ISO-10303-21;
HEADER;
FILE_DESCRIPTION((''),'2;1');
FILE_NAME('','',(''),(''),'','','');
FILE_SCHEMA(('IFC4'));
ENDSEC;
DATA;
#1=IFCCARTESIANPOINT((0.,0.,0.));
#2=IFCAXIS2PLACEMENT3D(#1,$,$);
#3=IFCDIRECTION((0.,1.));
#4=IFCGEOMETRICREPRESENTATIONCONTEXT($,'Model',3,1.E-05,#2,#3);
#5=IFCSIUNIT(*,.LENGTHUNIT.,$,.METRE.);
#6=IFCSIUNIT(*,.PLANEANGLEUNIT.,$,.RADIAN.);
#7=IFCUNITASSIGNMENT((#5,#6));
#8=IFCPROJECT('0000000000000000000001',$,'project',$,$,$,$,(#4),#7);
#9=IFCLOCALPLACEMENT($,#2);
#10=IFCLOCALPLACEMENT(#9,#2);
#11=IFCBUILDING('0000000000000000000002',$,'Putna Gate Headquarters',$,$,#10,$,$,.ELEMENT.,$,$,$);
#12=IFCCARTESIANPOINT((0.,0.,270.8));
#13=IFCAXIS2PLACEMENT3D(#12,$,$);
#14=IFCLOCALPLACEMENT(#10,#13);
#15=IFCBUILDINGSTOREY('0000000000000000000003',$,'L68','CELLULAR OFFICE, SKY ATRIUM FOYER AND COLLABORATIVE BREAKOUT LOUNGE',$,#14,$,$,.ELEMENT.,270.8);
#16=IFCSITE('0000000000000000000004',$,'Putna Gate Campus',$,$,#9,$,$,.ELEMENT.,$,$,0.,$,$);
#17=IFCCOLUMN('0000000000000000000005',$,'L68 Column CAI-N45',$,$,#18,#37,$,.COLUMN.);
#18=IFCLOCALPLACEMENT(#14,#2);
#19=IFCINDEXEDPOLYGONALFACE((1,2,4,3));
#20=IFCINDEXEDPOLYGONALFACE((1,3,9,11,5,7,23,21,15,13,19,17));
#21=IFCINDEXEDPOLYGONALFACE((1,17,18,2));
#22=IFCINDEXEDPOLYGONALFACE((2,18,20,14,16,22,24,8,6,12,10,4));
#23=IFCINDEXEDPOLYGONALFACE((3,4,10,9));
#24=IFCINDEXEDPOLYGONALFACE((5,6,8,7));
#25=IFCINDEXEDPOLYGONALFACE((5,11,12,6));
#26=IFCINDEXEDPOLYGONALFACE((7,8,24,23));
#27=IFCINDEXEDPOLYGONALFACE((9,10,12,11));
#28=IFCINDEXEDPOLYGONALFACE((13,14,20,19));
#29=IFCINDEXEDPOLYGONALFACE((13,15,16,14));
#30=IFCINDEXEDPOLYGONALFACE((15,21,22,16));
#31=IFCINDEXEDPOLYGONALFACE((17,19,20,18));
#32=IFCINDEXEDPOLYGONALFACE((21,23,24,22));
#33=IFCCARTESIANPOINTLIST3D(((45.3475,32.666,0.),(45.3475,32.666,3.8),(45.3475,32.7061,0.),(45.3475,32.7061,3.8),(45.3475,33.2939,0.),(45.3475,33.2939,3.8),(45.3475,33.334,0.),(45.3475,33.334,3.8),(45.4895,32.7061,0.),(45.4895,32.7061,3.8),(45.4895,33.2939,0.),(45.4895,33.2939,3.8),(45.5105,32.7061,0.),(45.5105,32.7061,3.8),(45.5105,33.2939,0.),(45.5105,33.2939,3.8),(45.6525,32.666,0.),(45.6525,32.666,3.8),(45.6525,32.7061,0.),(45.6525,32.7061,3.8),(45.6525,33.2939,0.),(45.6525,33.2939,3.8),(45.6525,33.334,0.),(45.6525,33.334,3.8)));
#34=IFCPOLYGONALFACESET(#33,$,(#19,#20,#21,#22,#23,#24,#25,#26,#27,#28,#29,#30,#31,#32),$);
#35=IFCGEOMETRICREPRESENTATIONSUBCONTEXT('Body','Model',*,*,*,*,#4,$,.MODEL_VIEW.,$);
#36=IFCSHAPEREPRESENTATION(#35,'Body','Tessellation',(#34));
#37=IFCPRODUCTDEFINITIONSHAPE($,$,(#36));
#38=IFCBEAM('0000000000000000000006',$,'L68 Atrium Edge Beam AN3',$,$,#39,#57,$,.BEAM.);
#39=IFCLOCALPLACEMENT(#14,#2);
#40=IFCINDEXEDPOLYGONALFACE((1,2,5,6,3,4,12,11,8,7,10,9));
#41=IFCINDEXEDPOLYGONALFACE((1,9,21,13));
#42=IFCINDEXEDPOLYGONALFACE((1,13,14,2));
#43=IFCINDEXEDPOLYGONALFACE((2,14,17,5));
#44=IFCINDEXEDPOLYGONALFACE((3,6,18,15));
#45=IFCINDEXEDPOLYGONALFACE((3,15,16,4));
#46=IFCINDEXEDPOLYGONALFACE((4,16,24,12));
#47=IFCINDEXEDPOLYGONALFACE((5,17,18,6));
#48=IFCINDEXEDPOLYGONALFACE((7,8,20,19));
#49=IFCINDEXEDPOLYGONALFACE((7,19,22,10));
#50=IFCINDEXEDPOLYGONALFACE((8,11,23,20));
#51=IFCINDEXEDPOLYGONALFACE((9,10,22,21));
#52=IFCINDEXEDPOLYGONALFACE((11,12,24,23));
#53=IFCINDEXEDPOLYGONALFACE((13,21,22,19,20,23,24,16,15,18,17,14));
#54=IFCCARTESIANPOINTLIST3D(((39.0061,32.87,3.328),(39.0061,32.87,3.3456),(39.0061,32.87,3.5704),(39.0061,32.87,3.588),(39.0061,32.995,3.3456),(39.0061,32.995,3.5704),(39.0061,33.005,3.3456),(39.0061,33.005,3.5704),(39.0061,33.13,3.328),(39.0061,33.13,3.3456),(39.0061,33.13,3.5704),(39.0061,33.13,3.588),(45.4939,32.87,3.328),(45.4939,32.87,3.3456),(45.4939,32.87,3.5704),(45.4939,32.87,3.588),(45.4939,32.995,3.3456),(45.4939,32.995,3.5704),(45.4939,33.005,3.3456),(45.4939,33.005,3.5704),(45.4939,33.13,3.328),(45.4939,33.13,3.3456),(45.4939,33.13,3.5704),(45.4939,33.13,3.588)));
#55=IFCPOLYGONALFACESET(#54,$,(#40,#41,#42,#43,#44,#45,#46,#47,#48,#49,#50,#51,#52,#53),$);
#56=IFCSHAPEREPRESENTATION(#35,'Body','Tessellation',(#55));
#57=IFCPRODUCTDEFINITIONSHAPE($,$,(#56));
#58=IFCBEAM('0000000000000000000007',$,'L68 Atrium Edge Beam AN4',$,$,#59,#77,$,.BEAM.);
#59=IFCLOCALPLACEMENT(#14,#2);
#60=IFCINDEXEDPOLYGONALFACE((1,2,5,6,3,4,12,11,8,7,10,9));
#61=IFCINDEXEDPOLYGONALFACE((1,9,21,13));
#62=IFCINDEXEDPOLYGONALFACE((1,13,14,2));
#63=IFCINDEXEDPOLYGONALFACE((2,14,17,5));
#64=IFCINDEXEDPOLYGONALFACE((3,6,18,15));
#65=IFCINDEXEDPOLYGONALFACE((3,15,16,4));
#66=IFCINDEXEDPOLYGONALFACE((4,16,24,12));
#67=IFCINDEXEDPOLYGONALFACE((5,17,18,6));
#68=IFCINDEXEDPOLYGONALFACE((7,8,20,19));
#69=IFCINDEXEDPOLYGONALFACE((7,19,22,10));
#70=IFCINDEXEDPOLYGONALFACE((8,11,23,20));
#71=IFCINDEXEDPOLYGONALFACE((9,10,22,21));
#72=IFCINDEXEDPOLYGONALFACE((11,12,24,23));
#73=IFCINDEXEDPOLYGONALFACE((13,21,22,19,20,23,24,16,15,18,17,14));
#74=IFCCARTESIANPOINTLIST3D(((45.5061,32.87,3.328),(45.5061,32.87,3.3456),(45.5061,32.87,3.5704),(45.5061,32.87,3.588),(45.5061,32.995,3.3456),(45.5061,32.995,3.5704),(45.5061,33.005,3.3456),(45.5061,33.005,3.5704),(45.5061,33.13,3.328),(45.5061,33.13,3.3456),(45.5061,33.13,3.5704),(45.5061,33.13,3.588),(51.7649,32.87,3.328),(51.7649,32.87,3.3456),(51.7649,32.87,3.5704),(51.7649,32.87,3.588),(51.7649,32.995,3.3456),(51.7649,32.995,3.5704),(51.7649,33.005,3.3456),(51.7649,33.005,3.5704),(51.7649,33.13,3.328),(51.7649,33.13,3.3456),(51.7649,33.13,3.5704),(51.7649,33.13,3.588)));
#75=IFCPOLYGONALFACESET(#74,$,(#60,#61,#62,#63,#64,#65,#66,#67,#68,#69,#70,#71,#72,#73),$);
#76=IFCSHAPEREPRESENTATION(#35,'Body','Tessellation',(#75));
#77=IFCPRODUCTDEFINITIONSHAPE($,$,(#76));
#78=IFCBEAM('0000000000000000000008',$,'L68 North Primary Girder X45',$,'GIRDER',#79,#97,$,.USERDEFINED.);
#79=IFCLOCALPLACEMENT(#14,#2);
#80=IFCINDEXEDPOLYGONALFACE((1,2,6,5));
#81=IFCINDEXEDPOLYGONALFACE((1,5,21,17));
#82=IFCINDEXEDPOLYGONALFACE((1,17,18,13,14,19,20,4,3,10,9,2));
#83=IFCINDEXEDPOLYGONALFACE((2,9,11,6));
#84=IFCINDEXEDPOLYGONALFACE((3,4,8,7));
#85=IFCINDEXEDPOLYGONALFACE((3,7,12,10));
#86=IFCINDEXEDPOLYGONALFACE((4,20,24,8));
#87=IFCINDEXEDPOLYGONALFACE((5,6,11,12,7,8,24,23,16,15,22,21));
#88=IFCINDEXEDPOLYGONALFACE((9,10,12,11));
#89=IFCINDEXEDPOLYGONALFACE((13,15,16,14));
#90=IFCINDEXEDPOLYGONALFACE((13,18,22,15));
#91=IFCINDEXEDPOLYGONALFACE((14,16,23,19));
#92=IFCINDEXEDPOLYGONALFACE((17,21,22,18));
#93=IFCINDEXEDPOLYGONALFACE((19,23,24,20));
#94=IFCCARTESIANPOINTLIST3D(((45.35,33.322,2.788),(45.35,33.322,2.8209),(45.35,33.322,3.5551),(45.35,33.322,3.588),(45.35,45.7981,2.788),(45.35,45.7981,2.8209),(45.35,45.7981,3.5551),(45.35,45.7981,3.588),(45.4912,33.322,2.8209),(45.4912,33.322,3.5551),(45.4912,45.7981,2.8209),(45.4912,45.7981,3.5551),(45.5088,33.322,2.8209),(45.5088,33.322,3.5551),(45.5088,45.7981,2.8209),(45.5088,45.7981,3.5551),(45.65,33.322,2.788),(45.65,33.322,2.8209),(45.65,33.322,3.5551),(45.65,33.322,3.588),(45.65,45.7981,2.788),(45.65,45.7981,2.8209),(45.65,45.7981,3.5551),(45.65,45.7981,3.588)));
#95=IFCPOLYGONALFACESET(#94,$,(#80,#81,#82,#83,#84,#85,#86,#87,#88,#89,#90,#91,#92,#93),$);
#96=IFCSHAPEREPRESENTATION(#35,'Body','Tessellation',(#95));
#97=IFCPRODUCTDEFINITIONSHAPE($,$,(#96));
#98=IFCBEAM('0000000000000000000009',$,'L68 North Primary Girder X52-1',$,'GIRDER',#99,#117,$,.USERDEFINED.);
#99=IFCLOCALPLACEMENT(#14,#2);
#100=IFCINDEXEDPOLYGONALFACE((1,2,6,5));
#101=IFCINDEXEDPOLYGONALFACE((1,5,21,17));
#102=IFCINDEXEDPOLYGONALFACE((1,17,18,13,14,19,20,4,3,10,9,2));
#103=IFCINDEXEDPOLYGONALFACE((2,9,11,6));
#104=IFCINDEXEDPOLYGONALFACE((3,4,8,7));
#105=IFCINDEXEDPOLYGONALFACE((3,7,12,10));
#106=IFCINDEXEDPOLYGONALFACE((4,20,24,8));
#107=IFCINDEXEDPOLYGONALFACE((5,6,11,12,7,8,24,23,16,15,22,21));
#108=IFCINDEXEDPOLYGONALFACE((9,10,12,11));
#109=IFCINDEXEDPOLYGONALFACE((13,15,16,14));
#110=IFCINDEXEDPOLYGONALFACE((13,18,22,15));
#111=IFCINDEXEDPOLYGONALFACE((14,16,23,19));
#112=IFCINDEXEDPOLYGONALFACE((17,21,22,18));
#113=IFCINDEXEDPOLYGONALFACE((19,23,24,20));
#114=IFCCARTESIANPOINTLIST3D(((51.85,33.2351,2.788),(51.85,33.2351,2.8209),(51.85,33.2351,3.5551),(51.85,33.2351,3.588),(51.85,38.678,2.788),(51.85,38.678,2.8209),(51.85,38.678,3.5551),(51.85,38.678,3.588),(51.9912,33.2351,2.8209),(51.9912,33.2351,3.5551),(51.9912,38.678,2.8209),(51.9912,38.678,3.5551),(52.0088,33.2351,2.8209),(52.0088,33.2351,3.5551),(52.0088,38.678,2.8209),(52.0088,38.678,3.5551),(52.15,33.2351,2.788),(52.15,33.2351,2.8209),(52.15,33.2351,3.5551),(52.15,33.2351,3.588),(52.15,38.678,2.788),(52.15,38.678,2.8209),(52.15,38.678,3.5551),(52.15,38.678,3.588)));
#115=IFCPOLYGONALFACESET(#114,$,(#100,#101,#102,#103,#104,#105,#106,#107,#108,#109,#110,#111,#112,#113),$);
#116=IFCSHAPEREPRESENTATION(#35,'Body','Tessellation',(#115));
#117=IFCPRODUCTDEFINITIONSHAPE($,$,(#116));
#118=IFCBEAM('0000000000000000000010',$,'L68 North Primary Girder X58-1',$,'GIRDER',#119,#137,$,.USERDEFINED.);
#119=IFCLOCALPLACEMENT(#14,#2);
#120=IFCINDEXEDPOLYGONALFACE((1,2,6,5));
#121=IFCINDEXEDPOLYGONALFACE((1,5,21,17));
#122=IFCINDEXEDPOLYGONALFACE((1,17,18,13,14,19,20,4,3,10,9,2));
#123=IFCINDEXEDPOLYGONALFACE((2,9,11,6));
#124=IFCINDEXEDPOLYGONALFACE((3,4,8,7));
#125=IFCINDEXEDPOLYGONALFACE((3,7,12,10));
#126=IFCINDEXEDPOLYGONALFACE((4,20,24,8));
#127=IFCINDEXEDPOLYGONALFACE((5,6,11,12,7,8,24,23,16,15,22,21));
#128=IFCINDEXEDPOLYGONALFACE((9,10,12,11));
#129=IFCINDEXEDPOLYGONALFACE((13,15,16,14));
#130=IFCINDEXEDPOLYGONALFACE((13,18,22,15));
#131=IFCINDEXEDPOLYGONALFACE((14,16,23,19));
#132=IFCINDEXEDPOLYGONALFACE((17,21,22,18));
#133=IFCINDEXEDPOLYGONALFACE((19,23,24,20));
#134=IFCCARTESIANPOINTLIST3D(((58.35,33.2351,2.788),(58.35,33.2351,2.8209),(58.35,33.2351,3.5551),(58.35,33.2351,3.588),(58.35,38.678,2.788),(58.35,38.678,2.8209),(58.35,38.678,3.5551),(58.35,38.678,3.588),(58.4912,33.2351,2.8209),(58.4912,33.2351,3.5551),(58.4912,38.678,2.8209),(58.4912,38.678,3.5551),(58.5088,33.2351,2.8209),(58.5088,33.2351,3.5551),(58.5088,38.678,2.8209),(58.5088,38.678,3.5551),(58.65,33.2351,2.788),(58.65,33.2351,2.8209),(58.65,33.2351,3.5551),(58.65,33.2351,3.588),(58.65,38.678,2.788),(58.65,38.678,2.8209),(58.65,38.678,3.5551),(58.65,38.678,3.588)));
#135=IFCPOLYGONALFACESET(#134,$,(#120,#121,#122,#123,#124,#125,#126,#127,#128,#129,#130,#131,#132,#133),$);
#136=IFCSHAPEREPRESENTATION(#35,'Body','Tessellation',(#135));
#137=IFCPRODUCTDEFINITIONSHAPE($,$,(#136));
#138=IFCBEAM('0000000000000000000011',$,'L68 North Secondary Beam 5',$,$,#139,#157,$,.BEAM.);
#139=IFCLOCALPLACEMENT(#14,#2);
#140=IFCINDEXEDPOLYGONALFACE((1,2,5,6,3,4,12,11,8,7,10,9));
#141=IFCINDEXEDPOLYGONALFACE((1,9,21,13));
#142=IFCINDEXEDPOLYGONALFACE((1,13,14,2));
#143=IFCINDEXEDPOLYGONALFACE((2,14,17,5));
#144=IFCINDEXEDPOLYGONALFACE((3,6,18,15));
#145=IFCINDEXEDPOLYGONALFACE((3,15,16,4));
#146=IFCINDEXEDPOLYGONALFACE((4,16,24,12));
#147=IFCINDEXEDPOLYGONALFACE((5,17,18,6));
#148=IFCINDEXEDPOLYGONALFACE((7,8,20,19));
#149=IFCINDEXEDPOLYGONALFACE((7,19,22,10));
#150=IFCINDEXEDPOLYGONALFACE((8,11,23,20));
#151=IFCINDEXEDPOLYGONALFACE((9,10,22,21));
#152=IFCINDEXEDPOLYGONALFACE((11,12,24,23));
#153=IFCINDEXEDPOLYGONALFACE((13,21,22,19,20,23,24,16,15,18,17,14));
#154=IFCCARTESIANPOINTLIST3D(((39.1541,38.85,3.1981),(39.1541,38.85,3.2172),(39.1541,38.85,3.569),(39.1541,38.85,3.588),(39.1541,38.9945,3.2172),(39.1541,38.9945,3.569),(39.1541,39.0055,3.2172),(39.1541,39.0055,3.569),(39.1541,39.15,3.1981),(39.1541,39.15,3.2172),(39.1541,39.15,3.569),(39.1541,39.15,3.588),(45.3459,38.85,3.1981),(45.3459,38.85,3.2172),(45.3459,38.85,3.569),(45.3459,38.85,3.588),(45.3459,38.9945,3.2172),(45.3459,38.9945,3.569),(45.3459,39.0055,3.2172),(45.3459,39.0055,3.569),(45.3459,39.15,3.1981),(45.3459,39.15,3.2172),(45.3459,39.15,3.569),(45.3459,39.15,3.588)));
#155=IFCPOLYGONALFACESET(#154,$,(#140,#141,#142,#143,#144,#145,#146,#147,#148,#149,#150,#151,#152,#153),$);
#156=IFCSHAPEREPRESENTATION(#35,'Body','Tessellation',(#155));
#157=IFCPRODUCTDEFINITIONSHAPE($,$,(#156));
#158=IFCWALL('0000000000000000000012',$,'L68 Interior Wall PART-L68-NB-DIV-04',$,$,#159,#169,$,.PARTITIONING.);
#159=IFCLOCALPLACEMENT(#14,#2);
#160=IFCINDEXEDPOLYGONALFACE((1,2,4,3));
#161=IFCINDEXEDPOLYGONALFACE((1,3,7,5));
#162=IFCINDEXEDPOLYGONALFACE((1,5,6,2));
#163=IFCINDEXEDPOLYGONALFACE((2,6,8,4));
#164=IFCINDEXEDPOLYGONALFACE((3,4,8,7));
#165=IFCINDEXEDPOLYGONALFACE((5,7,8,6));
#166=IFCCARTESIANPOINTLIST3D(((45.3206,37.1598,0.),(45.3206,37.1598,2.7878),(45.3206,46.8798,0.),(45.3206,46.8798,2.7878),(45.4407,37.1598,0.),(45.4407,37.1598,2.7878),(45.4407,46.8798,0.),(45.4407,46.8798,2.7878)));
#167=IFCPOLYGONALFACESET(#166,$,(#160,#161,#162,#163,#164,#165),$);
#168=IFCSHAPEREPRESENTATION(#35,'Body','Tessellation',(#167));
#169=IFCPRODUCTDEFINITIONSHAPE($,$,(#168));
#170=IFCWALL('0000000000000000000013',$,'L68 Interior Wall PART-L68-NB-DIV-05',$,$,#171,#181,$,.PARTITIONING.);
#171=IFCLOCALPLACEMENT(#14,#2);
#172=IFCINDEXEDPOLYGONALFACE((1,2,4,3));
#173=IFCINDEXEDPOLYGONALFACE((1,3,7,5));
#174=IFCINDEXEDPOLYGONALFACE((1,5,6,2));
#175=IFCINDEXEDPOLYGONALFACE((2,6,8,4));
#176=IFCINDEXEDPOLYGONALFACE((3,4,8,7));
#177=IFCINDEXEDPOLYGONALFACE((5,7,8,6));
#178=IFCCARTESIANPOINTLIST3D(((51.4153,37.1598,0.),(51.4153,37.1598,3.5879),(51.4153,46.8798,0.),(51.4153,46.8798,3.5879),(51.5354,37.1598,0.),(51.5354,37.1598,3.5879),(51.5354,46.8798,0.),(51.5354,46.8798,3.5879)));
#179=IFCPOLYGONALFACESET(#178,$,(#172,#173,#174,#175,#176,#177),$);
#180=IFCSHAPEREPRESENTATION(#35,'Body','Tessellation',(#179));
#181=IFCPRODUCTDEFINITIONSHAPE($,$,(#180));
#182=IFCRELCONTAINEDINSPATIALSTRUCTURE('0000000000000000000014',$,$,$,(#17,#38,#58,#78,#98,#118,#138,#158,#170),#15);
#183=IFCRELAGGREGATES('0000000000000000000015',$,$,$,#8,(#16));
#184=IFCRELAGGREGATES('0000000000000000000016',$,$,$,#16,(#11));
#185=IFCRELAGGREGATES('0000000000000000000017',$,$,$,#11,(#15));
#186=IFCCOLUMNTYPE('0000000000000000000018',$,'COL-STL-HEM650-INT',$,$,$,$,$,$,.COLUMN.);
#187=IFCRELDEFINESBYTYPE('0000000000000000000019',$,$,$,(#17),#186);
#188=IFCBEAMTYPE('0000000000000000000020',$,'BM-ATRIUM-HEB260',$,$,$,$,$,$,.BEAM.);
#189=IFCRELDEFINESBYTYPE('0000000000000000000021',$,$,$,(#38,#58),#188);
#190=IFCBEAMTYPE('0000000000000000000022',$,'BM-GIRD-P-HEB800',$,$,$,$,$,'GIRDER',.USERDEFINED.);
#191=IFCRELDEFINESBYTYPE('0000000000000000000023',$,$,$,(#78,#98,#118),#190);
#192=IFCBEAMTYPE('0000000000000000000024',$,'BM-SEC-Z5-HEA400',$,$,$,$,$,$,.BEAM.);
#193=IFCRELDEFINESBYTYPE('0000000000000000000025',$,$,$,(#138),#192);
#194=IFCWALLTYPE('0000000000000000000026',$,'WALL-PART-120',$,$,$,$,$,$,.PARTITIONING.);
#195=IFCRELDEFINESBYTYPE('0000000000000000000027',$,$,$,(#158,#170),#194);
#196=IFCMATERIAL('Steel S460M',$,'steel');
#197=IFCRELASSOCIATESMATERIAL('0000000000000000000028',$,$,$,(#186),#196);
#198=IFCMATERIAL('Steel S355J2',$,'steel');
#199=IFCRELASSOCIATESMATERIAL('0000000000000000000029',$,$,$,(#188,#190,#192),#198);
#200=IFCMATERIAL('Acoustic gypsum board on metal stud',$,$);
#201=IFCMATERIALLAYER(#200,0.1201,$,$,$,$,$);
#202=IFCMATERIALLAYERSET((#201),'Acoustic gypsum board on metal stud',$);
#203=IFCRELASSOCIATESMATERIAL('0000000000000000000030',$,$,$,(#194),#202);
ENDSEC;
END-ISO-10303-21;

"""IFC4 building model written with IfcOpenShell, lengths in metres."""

from ifc_helpers import new_model, si_unit, direction, frame, frame_2d, origin, origin_2d, place, context, subcontext, project, spatial, rectangle, i_section, extrude, material, layer, layer_set, material_profile, profile_set, type_object, element, save


model = new_model("IFC4")

# Units and contexts
model_context = context("Model", 3, precision=1e-05, world=origin(), true_north=direction((0.0, 1.0)))
body_context = subcontext(model_context, "Body", "Model", "MODEL_VIEW")
ifc_project = project(units=[si_unit("LENGTHUNIT", "METRE"), si_unit("PLANEANGLEUNIT", "RADIAN")], contexts=[model_context])

# Site, building, storey
site_placement = place(None, origin())
site = spatial("IfcSite", under=ifc_project, at=site_placement, Name="Putna Gate Campus", CompositionType="ELEMENT", RefElevation=0.0)
building_placement = place(site_placement, origin())
building = spatial("IfcBuilding", under=site, at=building_placement, Name="Putna Gate Headquarters", CompositionType="ELEMENT")
storey_placement = place(building_placement, frame((0.0, 0.0, 270.8)))
storey = spatial("IfcBuildingStorey", under=building, at=storey_placement, Name="L68", Description="CELLULAR OFFICE, SKY ATRIUM FOYER AND COLLABORATIVE BREAKOUT LOUNGE", CompositionType="ELEMENT", Elevation=270.8)

# Column
ifc_material_1 = material(Name="Steel S460M", Category="steel")
ifc_material_profile_1 = material_profile(ifc_material_1, i_section(OverallWidth=0.3049, OverallDepth=0.668, WebThickness=0.021, FlangeThickness=0.04, at=origin_2d()), Name="Steel S460M")
ifc_profile_set_1 = profile_set([ifc_material_profile_1], Name="Steel S460M")
column_type = type_object("IfcColumnType", Name="COL-STL-HEM650-INT", PredefinedType="COLUMN", material=ifc_profile_set_1)
column_placement = place(storey_placement, frame((45.5, 33.0, 0.0), z_axis=(0.0, 0.0, 1.0), x_axis=(1.0, 0.0, 0.0)))
element("IfcColumn", 1, at=column_placement, inside=storey, type_object=column_type, Name="L68 Column CAI-N45", PredefinedType="COLUMN", context=body_context, shape_type="SweptSolid", body=[
    extrude(i_section(OverallWidth=0.3049, OverallDepth=0.668, WebThickness=0.021, FlangeThickness=0.04, at=origin_2d()), origin(), (0.0, 0.0, 1.0), 3.8),
])

# Beams
ifc_material_2 = material(Name="Steel S355J2", Category="steel")
ifc_material_profile_2 = material_profile(ifc_material_2, i_section(OverallWidth=0.26, OverallDepth=0.26, WebThickness=0.01, FlangeThickness=0.0176, at=origin_2d()), Name="Steel S355J2")
ifc_profile_set_2 = profile_set([ifc_material_profile_2], Name="Steel S355J2")
beam_type_1 = type_object("IfcBeamType", Name="BM-ATRIUM-HEB260", PredefinedType="BEAM", material=ifc_profile_set_2)
beam_1_placement = place(storey_placement, frame((39.0061, 33.0, 3.458), z_axis=(1.0, 0.0, 0.0), x_axis=(0.0, 1.0, 0.0)))
element("IfcBeam", 2, at=beam_1_placement, inside=storey, type_object=beam_type_1, Name="L68 Atrium Edge Beam AN3", PredefinedType="BEAM", context=body_context, shape_type="SweptSolid", body=[
    extrude(i_section(OverallWidth=0.26, OverallDepth=0.26, WebThickness=0.01, FlangeThickness=0.0176, at=origin_2d()), origin(), (0.0, 0.0, 1.0), 6.4878),
])
beam_2_placement = place(storey_placement, frame((45.5061, 33.0, 3.458), z_axis=(1.0, 0.0, 0.0), x_axis=(0.0, 1.0, 0.0)))
element("IfcBeam", 3, at=beam_2_placement, inside=storey, type_object=beam_type_1, Name="L68 Atrium Edge Beam AN4", PredefinedType="BEAM", context=body_context, shape_type="SweptSolid", body=[
    extrude(i_section(OverallWidth=0.26, OverallDepth=0.26, WebThickness=0.01, FlangeThickness=0.0176, at=origin_2d()), origin(), (0.0, 0.0, 1.0), 6.2588),
])
ifc_material_profile_3 = material_profile(ifc_material_2, i_section(OverallWidth=0.3, OverallDepth=0.8, WebThickness=0.0176, FlangeThickness=0.033, at=origin_2d()), Name="Steel S355J2")
ifc_profile_set_3 = profile_set([ifc_material_profile_3], Name="Steel S355J2")
beam_type_2 = type_object("IfcBeamType", Name="BM-GIRD-P-HEB800", ElementType="GIRDER", PredefinedType="USERDEFINED", material=ifc_profile_set_3)
beam_3_placement = place(storey_placement, frame((45.5, 33.322, 3.188), z_axis=(0.0, 1.0, 0.0), x_axis=(-1.0, 0.0, 0.0)))
element("IfcBeam", 4, at=beam_3_placement, inside=storey, type_object=beam_type_2, Name="L68 North Primary Girder X45", ObjectType="GIRDER", PredefinedType="USERDEFINED", context=body_context, shape_type="SweptSolid", body=[
    extrude(i_section(OverallWidth=0.3, OverallDepth=0.8, WebThickness=0.0176, FlangeThickness=0.033, at=origin_2d()), origin(), (0.0, 0.0, 1.0), 12.4761),
])
for number, where, z_axis, x_axis, name in (
    (5, (52.0, 33.2351, 3.188), (0.0, 1.0, 0.0), (-1.0, 0.0, 0.0), "L68 North Primary Girder X52-1"),
    (6, (58.5, 33.2351, 3.188), (0.0, 1.0, 0.0), (-1.0, 0.0, 0.0), "L68 North Primary Girder X58-1"),
):
    element("IfcBeam", number, at=place(storey_placement, frame(where, z_axis=z_axis, x_axis=x_axis)), inside=storey, type_object=beam_type_2, Name=name, ObjectType="GIRDER", PredefinedType="USERDEFINED", context=body_context, shape_type="SweptSolid", body=[
        extrude(i_section(OverallWidth=0.3, OverallDepth=0.8, WebThickness=0.0176, FlangeThickness=0.033, at=origin_2d()), origin(), (0.0, 0.0, 1.0), 5.4429),
    ])
ifc_material_profile_4 = material_profile(ifc_material_2, i_section(OverallWidth=0.3, OverallDepth=0.3899, WebThickness=0.011, FlangeThickness=0.019, at=origin_2d()), Name="Steel S355J2")
ifc_profile_set_4 = profile_set([ifc_material_profile_4], Name="Steel S355J2")
beam_type_3 = type_object("IfcBeamType", Name="BM-SEC-Z5-HEA400", PredefinedType="BEAM", material=ifc_profile_set_4)
beam_4_placement = place(storey_placement, frame((39.1541, 39.0, 3.3931), z_axis=(1.0, 0.0, 0.0), x_axis=(0.0, 1.0, 0.0)))
element("IfcBeam", 7, at=beam_4_placement, inside=storey, type_object=beam_type_3, Name="L68 North Secondary Beam 5", PredefinedType="BEAM", context=body_context, shape_type="SweptSolid", body=[
    extrude(i_section(OverallWidth=0.3, OverallDepth=0.3899, WebThickness=0.011, FlangeThickness=0.019, at=origin_2d()), origin(), (0.0, 0.0, 1.0), 6.1919),
])

# Shared definitions
ifc_material_3 = material(Name="Acoustic gypsum board on metal stud")
ifc_layer_1 = layer(ifc_material_3, 0.1201)
ifc_layer_set_1 = layer_set([ifc_layer_1], Name="Acoustic gypsum board on metal stud")
wall_type_1 = type_object("IfcWallType", Name="WALL-PART-120", PredefinedType="PARTITIONING", material=ifc_layer_set_1)

# Walls
wall_1_placement = place(storey_placement, frame((45.3806, 37.1599, 0.0), z_axis=(0.0, 0.0, 1.0), x_axis=(0.0, 1.0, 0.0)))
element("IfcWall", 8, at=wall_1_placement, inside=storey, type_object=wall_type_1, Name="L68 Interior Wall PART-L68-NB-DIV-04", PredefinedType="PARTITIONING", context=body_context, shape_type="SweptSolid", body=[
    extrude(rectangle(XDim=9.72, YDim=0.1201, at=frame_2d((4.8599, 0.0))), origin(), (0.0, 0.0, 1.0), 2.7878),
])
wall_2_placement = place(storey_placement, frame((51.4753, 37.1599, 0.0), z_axis=(0.0, 0.0, 1.0), x_axis=(0.0, 1.0, 0.0)))
element("IfcWall", 9, at=wall_2_placement, inside=storey, type_object=wall_type_1, Name="L68 Interior Wall PART-L68-NB-DIV-05", PredefinedType="PARTITIONING", context=body_context, shape_type="SweptSolid", body=[
    extrude(rectangle(XDim=9.72, YDim=0.1201, at=frame_2d((4.8599, 0.0))), origin(), (0.0, 0.0, 1.0), 3.5879),
])

save(model, "model.ifc")
